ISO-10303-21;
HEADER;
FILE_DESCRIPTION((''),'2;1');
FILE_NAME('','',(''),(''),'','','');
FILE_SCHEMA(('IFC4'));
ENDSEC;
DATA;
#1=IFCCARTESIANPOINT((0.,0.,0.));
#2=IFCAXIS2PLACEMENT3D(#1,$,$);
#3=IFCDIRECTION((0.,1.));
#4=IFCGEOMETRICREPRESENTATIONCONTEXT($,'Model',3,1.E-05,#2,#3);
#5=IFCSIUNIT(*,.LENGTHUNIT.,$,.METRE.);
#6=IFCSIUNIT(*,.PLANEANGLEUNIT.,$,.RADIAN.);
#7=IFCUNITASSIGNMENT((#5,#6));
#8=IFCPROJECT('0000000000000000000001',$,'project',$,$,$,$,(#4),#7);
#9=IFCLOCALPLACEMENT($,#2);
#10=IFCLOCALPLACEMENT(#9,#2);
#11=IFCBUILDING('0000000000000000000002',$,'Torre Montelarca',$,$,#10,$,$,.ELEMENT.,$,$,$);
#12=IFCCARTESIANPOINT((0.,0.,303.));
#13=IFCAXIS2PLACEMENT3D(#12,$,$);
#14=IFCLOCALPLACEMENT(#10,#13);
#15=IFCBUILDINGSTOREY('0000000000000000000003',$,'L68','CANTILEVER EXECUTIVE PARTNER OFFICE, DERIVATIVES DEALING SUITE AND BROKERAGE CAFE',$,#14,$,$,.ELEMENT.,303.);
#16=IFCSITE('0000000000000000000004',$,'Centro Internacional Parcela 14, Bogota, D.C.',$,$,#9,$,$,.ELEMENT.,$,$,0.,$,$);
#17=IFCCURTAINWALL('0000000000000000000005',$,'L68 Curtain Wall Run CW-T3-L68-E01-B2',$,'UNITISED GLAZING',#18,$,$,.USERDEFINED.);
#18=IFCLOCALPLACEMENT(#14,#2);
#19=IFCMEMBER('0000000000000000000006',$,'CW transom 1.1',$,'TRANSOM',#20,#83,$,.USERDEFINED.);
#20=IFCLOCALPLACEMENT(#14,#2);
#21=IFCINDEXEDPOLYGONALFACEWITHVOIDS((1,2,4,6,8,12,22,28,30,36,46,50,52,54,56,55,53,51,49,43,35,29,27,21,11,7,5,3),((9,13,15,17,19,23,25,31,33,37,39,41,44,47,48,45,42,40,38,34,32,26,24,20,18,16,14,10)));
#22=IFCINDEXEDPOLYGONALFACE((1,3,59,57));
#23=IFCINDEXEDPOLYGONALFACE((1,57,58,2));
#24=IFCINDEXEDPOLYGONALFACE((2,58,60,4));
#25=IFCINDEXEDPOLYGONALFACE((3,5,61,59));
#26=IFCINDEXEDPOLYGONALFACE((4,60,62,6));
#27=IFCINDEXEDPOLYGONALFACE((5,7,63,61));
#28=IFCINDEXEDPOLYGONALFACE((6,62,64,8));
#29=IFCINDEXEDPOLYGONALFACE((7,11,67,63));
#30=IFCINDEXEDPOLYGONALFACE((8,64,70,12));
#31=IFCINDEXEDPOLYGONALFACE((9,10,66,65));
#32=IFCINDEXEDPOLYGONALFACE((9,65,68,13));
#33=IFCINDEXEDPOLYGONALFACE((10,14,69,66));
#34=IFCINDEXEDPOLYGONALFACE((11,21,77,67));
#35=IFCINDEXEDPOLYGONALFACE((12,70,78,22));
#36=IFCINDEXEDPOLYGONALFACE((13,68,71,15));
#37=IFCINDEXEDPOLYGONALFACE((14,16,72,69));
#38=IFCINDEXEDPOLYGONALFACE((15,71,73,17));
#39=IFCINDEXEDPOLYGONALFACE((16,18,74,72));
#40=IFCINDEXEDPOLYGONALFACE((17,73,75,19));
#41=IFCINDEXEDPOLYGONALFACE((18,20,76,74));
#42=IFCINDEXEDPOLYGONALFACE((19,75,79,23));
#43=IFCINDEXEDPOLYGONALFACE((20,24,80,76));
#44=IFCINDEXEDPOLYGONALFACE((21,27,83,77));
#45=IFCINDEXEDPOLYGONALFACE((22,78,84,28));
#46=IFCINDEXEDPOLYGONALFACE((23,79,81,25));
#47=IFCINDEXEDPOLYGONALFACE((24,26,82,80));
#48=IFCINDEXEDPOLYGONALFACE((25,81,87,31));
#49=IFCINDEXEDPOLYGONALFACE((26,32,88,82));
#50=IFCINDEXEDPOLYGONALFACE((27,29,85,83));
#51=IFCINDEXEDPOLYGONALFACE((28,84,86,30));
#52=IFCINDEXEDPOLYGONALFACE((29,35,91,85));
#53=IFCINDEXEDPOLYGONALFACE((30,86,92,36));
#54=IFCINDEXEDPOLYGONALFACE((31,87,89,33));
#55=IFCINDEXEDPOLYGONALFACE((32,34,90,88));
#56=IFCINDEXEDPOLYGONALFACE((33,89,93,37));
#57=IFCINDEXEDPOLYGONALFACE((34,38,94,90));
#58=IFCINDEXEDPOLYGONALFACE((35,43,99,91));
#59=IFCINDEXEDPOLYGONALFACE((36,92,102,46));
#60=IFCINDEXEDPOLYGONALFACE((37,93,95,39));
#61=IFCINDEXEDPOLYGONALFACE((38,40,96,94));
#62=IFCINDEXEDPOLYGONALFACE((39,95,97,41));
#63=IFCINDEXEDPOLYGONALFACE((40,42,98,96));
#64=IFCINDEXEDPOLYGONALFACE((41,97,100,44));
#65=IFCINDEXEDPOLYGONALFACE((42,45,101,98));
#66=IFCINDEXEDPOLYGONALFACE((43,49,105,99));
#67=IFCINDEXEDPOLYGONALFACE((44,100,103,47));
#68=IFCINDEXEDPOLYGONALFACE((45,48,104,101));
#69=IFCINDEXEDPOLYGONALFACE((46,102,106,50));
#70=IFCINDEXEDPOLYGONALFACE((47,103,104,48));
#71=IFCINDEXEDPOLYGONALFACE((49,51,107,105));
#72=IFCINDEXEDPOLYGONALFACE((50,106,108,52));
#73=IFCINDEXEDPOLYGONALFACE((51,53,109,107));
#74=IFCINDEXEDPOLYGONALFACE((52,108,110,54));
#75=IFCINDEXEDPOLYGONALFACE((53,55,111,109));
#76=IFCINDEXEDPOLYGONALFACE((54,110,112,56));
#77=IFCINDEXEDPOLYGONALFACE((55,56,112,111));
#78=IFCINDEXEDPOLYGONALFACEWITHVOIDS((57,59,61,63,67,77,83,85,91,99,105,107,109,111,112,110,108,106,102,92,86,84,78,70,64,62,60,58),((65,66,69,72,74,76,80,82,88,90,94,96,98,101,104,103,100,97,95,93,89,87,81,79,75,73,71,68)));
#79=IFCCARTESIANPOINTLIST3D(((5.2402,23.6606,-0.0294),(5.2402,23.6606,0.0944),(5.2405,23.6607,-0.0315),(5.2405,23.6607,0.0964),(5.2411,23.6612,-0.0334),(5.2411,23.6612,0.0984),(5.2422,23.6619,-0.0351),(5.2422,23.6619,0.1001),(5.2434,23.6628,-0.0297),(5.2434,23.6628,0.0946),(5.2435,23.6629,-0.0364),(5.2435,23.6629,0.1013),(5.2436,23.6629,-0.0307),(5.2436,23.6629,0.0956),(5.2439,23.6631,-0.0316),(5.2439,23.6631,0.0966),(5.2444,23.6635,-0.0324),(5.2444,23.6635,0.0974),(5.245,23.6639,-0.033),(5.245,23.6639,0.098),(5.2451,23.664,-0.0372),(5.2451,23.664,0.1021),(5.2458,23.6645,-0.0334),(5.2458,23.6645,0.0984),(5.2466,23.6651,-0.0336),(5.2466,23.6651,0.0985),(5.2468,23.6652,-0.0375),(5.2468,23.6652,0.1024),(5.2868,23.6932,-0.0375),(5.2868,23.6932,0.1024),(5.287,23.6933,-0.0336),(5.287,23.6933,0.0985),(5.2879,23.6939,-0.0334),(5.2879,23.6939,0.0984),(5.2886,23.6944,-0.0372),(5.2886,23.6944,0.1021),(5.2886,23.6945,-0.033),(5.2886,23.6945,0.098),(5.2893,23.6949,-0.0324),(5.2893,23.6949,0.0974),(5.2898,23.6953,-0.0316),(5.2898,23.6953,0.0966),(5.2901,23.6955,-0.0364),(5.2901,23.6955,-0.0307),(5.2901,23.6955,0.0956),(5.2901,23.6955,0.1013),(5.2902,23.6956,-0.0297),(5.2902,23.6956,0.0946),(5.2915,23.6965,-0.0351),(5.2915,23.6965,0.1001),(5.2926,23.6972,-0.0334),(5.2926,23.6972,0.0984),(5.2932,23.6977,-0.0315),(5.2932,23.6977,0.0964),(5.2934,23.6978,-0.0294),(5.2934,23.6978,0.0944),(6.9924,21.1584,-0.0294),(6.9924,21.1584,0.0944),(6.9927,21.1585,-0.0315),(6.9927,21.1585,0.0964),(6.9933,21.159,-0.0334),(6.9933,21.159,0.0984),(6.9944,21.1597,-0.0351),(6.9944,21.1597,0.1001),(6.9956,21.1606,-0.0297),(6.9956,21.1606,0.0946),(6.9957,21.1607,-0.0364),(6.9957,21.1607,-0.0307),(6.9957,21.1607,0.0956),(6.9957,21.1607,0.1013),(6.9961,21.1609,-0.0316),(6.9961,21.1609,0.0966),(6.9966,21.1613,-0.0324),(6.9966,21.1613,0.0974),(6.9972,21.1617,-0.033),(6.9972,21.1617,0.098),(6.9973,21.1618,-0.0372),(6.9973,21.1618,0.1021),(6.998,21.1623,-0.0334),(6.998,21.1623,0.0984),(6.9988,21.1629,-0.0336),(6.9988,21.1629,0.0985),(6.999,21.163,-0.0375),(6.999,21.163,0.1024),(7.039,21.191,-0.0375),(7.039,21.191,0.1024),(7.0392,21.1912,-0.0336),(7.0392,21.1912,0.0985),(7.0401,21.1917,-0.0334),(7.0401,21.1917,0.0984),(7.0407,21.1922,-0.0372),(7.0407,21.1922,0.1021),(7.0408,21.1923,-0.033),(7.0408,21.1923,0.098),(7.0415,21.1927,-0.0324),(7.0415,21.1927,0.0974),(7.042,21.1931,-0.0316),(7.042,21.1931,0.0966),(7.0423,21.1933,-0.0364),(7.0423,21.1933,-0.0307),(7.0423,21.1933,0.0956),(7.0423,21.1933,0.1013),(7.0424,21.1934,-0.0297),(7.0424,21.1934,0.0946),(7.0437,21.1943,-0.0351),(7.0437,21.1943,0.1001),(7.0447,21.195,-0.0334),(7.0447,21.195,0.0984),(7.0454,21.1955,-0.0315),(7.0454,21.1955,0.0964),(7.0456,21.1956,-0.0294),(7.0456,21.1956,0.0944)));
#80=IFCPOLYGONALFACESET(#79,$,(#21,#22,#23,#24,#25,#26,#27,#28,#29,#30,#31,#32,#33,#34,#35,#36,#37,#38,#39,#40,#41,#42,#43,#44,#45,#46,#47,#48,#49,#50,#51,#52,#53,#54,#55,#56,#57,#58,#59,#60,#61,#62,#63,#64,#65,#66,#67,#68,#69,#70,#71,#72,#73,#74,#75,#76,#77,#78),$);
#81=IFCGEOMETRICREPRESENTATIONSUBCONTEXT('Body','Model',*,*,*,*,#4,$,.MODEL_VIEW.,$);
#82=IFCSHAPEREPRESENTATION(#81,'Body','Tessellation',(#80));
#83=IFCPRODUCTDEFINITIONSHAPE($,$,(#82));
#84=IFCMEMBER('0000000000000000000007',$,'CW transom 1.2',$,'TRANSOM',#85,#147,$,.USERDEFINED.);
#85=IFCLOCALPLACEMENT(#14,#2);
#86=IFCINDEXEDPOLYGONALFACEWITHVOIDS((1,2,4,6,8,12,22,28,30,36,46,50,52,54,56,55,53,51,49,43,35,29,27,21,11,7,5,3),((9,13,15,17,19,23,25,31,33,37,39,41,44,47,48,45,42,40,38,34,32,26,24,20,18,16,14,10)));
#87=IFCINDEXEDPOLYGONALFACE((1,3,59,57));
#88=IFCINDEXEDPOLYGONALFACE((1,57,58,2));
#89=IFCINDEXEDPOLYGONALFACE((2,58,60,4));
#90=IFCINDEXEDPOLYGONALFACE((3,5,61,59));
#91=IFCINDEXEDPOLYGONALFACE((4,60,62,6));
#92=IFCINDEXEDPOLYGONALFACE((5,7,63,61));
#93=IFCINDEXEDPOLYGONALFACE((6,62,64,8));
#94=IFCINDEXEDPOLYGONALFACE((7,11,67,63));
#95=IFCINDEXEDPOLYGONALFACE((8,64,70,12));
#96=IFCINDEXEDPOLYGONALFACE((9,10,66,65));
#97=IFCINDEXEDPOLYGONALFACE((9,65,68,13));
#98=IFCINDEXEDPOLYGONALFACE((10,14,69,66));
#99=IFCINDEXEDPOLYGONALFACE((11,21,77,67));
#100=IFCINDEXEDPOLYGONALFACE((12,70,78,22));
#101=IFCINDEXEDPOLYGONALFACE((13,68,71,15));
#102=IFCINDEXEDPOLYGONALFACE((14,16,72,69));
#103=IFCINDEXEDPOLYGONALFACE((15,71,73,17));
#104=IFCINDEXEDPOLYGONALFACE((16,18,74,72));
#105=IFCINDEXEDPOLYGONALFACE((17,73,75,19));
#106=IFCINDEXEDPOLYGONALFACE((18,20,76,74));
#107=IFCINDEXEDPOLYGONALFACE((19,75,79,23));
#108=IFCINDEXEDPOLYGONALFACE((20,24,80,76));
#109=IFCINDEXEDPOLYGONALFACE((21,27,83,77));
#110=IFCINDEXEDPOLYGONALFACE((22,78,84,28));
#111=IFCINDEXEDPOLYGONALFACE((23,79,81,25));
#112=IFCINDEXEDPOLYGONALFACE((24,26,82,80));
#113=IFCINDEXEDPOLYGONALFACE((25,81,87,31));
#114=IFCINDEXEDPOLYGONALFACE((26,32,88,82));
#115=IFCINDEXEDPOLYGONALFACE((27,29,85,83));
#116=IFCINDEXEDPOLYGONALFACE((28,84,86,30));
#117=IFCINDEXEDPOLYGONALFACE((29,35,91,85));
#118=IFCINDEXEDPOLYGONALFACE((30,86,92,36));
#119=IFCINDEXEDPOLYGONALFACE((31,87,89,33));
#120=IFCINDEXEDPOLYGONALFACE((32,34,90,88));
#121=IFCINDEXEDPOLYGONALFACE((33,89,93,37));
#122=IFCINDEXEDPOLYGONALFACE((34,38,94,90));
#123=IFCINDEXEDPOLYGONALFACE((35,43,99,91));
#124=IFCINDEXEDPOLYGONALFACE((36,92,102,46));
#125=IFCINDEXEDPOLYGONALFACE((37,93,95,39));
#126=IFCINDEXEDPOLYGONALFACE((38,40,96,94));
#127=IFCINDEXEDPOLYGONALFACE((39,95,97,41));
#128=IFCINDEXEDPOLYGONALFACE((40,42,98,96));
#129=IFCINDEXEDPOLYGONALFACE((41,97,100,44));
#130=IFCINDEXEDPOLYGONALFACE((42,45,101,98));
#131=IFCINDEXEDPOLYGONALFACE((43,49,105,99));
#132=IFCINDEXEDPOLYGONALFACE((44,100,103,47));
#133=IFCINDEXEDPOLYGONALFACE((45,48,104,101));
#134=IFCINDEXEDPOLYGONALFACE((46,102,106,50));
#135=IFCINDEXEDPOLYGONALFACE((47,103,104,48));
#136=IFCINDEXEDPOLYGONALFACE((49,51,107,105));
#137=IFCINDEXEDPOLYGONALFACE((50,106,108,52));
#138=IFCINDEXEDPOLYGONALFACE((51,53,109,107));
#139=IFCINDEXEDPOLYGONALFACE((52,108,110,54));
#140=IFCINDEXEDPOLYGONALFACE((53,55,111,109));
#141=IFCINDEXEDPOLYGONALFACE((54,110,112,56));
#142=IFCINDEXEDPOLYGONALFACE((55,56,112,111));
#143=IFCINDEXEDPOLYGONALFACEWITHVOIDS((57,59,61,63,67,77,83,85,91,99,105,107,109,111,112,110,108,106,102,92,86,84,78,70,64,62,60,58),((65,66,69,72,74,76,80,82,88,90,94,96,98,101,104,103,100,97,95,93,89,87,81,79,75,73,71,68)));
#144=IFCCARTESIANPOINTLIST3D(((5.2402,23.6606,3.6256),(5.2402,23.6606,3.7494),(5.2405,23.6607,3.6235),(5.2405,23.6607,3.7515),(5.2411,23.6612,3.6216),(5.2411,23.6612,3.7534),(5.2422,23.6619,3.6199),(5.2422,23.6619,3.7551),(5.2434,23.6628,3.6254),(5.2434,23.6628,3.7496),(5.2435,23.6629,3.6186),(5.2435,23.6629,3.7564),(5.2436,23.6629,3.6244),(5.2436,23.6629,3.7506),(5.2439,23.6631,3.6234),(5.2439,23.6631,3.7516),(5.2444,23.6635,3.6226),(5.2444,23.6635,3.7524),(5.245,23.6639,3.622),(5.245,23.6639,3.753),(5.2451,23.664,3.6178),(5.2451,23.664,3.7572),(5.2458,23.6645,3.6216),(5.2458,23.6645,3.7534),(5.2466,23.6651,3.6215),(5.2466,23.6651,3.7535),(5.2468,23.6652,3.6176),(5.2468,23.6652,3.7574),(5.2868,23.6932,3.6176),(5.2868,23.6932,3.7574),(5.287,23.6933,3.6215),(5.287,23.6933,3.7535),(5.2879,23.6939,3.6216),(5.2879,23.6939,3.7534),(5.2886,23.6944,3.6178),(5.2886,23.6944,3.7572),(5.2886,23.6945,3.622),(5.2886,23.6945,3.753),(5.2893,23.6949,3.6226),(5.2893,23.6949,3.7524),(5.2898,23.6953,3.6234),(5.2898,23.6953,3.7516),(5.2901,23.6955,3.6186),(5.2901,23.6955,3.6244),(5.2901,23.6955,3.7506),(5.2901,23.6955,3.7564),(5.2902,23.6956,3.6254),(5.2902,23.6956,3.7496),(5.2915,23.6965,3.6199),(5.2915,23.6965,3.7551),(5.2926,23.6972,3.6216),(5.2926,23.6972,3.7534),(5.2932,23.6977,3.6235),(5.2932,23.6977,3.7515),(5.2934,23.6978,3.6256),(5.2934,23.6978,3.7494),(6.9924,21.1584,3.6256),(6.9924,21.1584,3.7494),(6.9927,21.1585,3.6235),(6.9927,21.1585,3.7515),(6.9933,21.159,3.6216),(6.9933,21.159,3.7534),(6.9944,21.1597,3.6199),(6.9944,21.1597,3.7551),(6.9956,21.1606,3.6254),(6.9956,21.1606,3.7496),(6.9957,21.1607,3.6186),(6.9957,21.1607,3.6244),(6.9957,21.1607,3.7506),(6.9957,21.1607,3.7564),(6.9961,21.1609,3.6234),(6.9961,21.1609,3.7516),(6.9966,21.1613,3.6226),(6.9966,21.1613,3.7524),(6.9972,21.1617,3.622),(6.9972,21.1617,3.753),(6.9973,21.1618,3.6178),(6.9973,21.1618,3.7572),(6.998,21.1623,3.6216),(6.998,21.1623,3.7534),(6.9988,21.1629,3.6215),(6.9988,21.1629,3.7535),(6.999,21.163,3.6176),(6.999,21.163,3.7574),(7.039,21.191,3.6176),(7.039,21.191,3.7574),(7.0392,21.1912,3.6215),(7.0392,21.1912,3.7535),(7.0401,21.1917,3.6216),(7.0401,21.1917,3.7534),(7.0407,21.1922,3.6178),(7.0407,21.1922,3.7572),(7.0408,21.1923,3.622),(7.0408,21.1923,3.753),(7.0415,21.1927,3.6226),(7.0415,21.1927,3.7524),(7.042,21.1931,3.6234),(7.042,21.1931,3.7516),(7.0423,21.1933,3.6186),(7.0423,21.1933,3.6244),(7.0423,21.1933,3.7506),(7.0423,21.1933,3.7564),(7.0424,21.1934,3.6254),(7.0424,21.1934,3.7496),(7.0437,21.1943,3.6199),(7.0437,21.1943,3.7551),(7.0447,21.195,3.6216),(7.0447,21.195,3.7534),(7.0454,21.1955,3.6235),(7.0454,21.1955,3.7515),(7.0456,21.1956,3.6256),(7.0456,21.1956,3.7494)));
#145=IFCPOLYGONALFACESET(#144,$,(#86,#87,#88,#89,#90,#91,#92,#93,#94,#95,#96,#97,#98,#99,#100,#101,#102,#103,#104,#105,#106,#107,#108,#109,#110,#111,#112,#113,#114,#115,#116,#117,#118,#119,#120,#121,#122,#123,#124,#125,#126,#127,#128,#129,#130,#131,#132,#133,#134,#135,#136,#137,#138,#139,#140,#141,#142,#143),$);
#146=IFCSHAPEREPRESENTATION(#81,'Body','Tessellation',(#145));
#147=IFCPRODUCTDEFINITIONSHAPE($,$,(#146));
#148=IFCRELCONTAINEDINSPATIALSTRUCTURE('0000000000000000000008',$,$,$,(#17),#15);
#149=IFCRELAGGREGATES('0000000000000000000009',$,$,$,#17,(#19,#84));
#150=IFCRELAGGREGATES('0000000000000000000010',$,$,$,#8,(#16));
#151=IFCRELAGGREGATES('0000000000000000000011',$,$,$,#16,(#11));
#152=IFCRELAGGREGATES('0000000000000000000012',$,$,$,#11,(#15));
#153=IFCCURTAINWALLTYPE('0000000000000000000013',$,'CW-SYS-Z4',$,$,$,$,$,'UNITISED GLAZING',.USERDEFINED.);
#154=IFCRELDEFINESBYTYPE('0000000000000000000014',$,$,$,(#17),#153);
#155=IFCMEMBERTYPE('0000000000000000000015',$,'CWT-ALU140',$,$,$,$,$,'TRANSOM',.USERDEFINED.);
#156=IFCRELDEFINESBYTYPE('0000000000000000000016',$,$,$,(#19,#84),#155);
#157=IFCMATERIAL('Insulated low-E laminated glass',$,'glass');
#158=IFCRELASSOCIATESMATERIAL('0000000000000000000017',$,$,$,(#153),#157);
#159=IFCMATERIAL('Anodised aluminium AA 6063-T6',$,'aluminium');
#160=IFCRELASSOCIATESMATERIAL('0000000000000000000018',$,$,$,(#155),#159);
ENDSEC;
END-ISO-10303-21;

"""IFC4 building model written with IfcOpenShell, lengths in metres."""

from ifc_helpers import new_model, si_unit, direction, frame, origin, origin_2d, place, context, subcontext, project, spatial, hollow_rectangle, extrude, source, transform, mapped, material, material_profile, profile_set, type_object, element, aggregate, save


model = new_model("IFC4")

# Units and contexts
model_context = context("Model", 3, precision=1e-05, world=origin(), true_north=direction((0.0, 1.0)))
body_context = subcontext(model_context, "Body", "Model", "MODEL_VIEW")
ifc_project = project(units=[si_unit("LENGTHUNIT", "METRE"), si_unit("PLANEANGLEUNIT", "RADIAN")], contexts=[model_context])

# Site, building, storey
site_placement = place(None, origin())
site = spatial("IfcSite", under=ifc_project, at=site_placement, Name="Centro Internacional Parcela 14, Bogota, D.C.", CompositionType="ELEMENT", RefElevation=0.0)
building_placement = place(site_placement, origin())
building = spatial("IfcBuilding", under=site, at=building_placement, Name="Torre Montelarca", CompositionType="ELEMENT")
storey_placement = place(building_placement, frame((0.0, 0.0, 303.0)))
storey = spatial("IfcBuildingStorey", under=building, at=storey_placement, Name="L68", Description="CANTILEVER EXECUTIVE PARTNER OFFICE, DERIVATIVES DEALING SUITE AND BROKERAGE CAFE", CompositionType="ELEMENT", Elevation=303.0)

# Curtain wall
ifc_material_1 = material(Name="Insulated low-E laminated glass", Category="glass")
curtain_wall_type = type_object("IfcCurtainWallType", Name="CW-SYS-Z4", ElementType="UNITISED GLAZING", PredefinedType="USERDEFINED", material=ifc_material_1)
ifc_material_2 = material(Name="Anodised aluminium AA 6063-T6", Category="aluminium")
curtain_wall_1_placement = place(storey_placement, origin())
curtain_wall_1 = element("IfcCurtainWall", 1, at=curtain_wall_1_placement, inside=storey, type_object=curtain_wall_type, Name="L68 Curtain Wall Run CW-T3-L68-E01-B2", ObjectType="UNITISED GLAZING", PredefinedType="USERDEFINED")

# Members
ifc_material_profile_1 = material_profile(ifc_material_2, hollow_rectangle(XDim=0.0649, YDim=0.1399, WallThickness=0.0039, InnerFilletRadius=0.0039, OuterFilletRadius=0.0081, at=origin_2d()), Name="ALU65X140X4", Category="aluminium")
ifc_profile_set_1 = profile_set([ifc_material_profile_1], Name="Anodised aluminium AA 6063-T6")
member_type_1 = type_object("IfcMemberType", Name="CWT-ALU140", ElementType="TRANSOM", PredefinedType="USERDEFINED", material=ifc_profile_set_1)
shared_shape_1 = source(origin(), body_context, "Body", "SweptSolid", [
    extrude(hollow_rectangle(XDim=0.0649, YDim=0.1399, WallThickness=0.0039, InnerFilletRadius=0.0039, OuterFilletRadius=0.0081, at=origin_2d()), origin(), (0.0, 0.0, 1.0), 3.0547),
])
member_1_placement = place(storey_placement, frame((5.2668, 23.6792, 0.0325), z_axis=(0.573607, -0.819131, 0.0), x_axis=(0.819131, 0.573607, 0.0)))
member_1 = element("IfcMember", 2, at=member_1_placement, type_object=member_type_1, Name="CW transom 1.1", ObjectType="TRANSOM", PredefinedType="USERDEFINED", context=body_context, shape_type="MappedRepresentation", body=[
    mapped(shared_shape_1, transform((0.0, 0.0, 0.0), scale=1.0)),
])
member_2_placement = place(storey_placement, frame((5.2668, 23.6792, 3.6875), z_axis=(0.573607, -0.819131, 0.0), x_axis=(0.819131, 0.573607, 0.0)))
member_2 = element("IfcMember", 3, at=member_2_placement, type_object=member_type_1, Name="CW transom 1.2", ObjectType="TRANSOM", PredefinedType="USERDEFINED", context=body_context, shape_type="MappedRepresentation", body=[
    mapped(shared_shape_1, transform((0.0, 0.0, 0.0), scale=1.0)),
])

aggregate(curtain_wall_1, [member_1, member_2])

save(model, "model.ifc")
